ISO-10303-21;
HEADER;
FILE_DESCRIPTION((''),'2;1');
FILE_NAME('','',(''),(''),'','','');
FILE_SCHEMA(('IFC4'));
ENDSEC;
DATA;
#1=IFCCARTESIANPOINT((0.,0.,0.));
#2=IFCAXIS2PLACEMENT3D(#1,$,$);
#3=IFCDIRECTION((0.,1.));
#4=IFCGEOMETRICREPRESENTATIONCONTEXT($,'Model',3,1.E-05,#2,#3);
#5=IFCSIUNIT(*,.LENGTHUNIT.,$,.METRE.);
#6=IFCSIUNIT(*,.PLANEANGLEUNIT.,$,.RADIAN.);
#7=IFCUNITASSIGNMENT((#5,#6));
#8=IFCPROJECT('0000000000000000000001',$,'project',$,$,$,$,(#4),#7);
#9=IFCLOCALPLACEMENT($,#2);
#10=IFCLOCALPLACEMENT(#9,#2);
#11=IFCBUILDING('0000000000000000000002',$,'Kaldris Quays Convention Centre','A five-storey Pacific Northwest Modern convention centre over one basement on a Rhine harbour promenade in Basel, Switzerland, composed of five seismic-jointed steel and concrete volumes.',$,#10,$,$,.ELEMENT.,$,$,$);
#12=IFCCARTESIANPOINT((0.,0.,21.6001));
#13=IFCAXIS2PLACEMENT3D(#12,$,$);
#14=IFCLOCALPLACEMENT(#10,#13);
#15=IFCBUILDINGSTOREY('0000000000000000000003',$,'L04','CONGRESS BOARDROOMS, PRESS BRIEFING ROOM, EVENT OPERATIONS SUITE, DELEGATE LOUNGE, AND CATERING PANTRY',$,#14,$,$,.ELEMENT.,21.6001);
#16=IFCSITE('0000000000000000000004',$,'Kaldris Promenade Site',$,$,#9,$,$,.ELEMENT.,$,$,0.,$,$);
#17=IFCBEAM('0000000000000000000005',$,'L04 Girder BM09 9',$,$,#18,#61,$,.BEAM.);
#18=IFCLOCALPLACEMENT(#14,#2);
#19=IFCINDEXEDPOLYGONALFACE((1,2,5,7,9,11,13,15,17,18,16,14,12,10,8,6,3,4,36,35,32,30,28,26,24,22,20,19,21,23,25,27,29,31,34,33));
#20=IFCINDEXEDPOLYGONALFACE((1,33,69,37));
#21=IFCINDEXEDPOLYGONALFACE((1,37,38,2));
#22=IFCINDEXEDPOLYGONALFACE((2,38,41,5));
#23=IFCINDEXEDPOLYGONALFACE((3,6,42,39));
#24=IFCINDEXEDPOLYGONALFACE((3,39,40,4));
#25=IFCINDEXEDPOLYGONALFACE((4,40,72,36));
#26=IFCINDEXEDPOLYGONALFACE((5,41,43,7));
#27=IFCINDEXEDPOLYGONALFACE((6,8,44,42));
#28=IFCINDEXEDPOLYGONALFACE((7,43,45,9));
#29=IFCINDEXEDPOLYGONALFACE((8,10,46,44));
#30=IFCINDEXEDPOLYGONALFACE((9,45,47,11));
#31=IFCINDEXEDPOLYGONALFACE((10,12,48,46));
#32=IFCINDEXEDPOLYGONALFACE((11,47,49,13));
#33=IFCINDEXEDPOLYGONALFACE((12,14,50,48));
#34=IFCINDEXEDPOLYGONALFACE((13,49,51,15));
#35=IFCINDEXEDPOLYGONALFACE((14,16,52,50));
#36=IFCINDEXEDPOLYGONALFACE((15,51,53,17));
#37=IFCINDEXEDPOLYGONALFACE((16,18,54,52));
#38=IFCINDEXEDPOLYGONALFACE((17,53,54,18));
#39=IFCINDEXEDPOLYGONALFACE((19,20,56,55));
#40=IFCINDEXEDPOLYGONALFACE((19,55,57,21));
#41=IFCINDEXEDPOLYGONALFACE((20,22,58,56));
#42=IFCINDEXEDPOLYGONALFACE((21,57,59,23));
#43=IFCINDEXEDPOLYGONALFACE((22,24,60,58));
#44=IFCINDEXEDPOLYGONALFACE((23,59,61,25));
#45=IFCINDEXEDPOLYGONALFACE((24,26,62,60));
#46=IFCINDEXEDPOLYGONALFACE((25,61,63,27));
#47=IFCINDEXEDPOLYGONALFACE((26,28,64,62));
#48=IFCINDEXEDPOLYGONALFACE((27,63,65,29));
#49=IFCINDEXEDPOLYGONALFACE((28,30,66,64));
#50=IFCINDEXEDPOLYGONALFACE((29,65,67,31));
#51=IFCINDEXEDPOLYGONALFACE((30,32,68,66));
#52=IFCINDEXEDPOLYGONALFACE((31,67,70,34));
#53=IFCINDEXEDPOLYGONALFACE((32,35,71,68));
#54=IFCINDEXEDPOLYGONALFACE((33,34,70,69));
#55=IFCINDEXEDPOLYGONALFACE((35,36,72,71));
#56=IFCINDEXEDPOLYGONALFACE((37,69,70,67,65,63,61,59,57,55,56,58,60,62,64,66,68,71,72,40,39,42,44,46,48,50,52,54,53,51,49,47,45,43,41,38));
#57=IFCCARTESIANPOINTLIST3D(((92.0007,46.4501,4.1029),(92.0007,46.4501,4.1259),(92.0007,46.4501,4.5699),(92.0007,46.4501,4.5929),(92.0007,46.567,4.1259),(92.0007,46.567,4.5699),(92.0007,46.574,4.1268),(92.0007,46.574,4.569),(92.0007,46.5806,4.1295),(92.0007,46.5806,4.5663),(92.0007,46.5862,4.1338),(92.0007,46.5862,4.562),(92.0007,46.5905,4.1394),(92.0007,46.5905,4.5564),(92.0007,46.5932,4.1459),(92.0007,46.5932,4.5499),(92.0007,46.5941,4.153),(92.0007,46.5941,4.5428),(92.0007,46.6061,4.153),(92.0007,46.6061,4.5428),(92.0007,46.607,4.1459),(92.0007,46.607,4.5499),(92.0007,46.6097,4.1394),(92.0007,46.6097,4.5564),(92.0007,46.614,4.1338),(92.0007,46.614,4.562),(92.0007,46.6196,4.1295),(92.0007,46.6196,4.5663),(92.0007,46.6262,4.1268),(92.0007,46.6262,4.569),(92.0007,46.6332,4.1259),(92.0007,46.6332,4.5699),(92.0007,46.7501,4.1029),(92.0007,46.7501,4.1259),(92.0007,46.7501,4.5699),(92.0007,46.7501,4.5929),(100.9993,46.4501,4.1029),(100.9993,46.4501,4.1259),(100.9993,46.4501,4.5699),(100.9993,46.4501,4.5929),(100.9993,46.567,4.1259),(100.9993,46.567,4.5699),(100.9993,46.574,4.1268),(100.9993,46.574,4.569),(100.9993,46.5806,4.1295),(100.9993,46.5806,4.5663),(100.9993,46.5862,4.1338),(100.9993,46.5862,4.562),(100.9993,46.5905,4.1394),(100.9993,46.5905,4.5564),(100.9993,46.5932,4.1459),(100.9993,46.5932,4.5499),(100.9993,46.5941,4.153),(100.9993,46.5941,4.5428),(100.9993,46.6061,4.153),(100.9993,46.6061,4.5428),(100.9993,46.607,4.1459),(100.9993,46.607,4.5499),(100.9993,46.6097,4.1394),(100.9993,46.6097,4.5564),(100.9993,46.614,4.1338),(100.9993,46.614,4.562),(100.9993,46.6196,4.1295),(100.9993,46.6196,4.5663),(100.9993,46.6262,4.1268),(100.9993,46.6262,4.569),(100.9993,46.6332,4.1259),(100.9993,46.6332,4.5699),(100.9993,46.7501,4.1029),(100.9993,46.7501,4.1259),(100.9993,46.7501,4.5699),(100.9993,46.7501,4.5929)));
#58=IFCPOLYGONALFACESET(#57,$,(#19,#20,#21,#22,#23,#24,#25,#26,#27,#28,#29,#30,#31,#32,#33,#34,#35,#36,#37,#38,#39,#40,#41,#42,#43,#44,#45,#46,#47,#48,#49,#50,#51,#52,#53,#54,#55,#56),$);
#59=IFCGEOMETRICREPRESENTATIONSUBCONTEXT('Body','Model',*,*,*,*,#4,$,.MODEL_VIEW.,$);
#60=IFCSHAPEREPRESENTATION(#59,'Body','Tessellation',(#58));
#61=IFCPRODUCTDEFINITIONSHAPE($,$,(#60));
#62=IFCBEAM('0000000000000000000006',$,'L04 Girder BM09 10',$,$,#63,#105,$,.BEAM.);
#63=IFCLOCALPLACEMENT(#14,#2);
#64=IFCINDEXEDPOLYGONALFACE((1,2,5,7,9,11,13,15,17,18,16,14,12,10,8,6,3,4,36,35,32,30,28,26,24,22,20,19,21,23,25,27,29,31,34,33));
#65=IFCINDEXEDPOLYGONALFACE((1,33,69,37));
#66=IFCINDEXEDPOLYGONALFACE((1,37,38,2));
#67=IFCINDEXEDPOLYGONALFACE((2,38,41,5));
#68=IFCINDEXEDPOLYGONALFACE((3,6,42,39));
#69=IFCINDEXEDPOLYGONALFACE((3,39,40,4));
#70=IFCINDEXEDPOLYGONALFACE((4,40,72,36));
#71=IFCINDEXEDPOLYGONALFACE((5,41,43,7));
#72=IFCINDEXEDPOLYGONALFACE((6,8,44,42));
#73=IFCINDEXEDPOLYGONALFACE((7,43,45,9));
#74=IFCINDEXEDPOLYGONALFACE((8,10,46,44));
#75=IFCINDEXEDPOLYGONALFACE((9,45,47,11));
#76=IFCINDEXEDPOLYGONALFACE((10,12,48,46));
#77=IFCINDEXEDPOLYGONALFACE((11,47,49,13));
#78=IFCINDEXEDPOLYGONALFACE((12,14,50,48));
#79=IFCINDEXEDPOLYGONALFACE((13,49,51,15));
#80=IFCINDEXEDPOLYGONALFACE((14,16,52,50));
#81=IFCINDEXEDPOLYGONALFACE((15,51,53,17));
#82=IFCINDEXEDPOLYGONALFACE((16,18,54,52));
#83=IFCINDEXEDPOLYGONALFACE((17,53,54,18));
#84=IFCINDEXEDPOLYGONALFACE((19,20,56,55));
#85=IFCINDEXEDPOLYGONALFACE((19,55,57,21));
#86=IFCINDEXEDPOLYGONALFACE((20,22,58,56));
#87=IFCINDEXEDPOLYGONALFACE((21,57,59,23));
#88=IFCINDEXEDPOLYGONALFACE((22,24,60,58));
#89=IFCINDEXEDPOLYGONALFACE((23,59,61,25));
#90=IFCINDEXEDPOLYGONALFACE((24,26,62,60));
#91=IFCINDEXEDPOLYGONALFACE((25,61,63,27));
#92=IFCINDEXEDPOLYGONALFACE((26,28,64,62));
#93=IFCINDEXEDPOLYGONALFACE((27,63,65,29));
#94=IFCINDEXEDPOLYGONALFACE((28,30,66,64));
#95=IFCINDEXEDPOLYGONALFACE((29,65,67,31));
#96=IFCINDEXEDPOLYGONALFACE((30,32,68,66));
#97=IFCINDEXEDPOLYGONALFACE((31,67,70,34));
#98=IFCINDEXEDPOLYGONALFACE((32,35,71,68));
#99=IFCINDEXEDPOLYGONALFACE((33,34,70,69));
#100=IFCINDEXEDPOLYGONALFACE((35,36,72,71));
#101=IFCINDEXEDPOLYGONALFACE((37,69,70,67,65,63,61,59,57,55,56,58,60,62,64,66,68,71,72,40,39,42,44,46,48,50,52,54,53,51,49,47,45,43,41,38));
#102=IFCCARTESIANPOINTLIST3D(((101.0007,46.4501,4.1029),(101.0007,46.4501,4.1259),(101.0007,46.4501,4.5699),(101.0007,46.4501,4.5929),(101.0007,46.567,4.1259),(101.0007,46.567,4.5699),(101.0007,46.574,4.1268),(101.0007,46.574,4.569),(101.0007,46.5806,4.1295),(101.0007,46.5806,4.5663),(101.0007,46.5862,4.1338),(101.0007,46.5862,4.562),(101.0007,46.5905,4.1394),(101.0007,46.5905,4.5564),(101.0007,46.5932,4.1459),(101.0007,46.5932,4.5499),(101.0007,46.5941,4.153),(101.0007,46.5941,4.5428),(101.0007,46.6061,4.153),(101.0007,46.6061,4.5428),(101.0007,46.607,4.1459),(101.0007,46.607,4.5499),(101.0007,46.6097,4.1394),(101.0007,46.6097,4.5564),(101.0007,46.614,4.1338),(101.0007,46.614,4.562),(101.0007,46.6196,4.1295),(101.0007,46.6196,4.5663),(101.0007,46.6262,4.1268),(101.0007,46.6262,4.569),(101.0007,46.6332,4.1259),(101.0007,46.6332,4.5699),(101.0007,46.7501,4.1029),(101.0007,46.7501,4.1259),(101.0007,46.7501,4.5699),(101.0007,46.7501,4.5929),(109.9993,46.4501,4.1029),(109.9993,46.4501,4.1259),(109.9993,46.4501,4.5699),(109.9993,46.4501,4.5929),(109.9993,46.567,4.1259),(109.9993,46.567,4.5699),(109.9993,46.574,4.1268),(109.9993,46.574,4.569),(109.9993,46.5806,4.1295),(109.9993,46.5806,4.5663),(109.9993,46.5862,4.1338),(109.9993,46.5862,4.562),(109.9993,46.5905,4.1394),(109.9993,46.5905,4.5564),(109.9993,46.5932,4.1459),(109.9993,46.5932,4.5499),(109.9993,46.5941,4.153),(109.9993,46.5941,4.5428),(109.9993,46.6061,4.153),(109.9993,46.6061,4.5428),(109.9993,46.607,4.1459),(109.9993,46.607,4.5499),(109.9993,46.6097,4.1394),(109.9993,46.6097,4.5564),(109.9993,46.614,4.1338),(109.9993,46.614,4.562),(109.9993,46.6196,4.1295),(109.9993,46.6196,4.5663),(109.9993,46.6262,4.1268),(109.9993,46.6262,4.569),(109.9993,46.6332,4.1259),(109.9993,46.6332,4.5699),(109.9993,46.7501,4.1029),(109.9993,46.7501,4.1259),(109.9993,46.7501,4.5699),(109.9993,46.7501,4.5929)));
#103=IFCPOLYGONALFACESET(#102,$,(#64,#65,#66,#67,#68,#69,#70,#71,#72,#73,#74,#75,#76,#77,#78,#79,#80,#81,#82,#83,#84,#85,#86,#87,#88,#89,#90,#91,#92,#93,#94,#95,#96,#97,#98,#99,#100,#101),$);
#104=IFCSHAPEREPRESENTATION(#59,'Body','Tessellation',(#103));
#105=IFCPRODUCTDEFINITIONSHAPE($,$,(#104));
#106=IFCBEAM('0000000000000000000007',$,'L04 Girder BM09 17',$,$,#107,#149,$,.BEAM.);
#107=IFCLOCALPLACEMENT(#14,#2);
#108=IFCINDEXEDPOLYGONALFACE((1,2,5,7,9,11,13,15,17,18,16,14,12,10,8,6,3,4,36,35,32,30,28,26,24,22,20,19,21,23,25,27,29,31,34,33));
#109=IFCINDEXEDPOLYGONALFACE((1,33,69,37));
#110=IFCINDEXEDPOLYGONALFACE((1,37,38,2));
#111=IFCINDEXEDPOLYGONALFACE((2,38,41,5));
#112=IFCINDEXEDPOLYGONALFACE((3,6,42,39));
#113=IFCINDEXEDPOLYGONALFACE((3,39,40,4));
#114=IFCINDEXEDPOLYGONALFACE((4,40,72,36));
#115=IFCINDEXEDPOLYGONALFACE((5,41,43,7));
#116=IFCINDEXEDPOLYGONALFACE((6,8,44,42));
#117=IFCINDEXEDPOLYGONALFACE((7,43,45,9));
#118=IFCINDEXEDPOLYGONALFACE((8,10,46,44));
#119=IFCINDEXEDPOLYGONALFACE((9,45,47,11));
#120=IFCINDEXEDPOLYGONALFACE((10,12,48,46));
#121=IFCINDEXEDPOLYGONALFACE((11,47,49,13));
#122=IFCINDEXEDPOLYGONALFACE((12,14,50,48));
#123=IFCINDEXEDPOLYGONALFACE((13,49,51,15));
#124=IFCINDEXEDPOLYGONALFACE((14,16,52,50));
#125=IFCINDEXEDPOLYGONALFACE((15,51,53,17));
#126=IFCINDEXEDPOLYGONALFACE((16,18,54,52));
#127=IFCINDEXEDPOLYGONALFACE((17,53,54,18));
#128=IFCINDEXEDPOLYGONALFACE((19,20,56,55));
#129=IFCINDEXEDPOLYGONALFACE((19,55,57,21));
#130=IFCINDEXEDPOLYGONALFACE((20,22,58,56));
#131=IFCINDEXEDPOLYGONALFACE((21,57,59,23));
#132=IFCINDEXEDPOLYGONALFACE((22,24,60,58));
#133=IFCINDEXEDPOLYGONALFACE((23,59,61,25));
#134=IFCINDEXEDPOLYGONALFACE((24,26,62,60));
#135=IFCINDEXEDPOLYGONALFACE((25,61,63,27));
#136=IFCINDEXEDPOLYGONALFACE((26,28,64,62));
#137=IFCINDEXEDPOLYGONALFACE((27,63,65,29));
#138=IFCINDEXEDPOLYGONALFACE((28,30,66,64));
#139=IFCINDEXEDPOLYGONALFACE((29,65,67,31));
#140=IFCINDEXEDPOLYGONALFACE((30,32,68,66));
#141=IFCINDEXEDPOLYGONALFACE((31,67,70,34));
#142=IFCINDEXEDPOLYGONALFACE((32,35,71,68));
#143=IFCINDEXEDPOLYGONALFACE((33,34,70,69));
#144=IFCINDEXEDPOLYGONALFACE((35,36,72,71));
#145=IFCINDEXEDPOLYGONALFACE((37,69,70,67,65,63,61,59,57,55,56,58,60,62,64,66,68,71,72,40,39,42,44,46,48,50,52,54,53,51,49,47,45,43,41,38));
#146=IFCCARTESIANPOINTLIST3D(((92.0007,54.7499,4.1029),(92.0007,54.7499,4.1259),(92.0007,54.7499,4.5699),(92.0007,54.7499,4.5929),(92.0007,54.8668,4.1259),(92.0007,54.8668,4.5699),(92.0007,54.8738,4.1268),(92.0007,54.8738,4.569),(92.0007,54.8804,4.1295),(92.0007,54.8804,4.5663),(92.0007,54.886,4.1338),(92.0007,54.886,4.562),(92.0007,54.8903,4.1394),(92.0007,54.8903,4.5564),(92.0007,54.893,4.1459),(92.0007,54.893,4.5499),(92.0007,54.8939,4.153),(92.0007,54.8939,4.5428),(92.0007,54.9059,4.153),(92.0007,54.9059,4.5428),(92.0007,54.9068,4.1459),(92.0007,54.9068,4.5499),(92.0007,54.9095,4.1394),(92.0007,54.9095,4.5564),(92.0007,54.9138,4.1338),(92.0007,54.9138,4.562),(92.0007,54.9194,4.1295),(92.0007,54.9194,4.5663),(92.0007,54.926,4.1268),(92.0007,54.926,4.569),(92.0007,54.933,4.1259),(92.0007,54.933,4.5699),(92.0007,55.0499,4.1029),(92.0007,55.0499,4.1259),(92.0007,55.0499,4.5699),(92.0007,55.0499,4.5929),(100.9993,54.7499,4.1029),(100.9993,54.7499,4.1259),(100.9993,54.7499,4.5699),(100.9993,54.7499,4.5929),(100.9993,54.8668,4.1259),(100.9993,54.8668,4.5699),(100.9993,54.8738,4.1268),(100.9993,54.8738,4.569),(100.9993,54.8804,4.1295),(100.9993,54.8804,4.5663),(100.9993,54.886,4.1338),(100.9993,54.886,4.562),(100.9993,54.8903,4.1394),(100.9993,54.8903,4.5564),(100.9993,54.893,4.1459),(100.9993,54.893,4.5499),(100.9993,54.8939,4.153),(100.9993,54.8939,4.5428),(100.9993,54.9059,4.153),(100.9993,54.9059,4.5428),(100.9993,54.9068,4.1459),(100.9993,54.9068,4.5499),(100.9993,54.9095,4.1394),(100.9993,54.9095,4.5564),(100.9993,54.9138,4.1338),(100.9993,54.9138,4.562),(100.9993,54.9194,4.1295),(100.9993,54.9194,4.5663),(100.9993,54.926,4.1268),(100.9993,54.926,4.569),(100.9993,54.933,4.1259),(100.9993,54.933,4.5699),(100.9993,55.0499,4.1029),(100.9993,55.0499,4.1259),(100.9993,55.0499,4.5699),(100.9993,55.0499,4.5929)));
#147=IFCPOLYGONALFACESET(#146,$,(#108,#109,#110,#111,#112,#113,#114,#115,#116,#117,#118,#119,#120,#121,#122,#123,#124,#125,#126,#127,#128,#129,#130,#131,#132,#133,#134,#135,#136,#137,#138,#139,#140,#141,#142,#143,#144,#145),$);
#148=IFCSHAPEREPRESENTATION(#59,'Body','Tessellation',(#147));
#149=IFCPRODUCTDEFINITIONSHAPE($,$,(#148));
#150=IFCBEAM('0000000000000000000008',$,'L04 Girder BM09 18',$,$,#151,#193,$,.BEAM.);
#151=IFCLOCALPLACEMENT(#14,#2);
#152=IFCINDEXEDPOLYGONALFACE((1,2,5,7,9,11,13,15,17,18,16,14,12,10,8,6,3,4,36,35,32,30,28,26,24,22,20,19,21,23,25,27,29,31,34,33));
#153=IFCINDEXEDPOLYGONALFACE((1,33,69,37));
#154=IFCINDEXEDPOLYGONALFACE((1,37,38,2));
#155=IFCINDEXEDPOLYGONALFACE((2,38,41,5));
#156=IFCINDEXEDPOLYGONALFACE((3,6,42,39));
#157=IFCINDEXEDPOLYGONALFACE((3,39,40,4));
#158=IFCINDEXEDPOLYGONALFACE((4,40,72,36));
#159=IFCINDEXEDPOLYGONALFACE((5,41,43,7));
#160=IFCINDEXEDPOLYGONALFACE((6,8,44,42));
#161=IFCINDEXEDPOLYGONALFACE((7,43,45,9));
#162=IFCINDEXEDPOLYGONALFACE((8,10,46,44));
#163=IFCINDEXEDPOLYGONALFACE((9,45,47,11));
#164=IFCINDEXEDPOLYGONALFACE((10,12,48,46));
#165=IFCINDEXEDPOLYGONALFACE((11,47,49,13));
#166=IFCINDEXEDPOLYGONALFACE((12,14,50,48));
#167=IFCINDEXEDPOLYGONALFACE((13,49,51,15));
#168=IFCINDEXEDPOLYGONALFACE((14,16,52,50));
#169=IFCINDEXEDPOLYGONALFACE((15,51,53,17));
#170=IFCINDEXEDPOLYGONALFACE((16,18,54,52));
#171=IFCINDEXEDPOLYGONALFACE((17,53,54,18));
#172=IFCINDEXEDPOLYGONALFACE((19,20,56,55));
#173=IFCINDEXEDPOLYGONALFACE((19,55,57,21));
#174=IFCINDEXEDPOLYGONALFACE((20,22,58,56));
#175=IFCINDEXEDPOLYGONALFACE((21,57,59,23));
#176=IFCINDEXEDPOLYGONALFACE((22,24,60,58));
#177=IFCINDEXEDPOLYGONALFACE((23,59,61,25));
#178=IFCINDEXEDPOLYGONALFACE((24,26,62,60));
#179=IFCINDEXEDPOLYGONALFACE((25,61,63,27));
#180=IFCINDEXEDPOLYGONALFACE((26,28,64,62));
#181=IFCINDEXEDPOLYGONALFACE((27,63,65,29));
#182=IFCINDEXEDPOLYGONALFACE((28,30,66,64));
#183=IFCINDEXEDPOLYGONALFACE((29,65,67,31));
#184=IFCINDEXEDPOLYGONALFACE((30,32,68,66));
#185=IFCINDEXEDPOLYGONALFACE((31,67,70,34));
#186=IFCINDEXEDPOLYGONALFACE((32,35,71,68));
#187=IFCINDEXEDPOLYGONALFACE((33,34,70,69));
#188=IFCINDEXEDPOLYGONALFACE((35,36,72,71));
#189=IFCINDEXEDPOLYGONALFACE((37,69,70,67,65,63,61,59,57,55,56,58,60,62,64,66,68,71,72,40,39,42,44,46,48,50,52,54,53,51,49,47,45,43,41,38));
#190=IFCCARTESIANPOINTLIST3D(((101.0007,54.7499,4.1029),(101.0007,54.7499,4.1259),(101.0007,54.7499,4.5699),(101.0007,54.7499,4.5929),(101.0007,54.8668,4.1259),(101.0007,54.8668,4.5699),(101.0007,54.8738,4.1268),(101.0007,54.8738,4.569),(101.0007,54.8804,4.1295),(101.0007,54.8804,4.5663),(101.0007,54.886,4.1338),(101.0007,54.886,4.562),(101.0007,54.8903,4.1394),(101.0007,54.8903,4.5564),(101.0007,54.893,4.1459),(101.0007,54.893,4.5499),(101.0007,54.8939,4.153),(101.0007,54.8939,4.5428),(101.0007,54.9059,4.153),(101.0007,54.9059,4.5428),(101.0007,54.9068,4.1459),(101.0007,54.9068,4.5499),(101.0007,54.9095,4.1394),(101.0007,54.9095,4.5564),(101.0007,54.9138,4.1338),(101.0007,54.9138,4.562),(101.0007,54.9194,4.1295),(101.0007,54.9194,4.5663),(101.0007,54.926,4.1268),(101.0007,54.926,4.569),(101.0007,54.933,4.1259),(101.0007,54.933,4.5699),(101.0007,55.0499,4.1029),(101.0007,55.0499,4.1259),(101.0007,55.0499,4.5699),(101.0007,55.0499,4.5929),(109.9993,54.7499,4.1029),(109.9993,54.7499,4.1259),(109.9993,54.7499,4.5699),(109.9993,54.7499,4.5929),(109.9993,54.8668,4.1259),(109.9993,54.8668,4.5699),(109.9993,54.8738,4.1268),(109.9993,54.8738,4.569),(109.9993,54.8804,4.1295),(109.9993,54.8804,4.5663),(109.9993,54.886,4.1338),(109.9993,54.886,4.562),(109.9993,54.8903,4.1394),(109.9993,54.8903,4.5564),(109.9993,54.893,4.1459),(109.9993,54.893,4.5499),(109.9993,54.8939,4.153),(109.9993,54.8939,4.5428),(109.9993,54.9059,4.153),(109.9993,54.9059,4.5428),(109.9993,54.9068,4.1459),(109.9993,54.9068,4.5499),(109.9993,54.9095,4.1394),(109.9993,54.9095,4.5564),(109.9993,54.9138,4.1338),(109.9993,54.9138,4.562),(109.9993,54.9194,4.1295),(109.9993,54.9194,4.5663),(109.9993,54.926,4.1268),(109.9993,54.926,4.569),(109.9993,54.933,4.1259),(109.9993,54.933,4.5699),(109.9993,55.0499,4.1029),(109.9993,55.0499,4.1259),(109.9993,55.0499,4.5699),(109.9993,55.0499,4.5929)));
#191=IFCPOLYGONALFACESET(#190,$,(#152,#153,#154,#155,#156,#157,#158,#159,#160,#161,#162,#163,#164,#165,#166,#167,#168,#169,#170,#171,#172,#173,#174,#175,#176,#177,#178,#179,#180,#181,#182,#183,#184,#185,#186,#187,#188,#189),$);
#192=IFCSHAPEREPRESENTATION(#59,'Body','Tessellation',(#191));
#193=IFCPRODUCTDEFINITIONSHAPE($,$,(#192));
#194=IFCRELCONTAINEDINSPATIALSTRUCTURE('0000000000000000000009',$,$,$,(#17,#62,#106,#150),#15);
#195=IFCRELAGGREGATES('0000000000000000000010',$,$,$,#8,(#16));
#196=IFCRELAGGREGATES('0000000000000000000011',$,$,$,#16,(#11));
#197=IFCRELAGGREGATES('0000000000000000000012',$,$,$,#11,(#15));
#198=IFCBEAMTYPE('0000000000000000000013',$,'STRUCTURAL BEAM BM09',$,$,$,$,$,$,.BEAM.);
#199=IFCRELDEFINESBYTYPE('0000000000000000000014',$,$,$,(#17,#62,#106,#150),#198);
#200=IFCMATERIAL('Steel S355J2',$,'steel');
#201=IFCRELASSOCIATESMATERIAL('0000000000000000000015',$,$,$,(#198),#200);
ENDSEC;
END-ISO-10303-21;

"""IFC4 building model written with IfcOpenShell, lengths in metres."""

from ifc_helpers import new_model, si_unit, direction, frame, origin, origin_2d, place, context, subcontext, project, spatial, i_section, extrude, material, material_profile, profile_set, type_object, element, save


model = new_model("IFC4")

# Units and contexts
model_context = context("Model", 3, precision=1e-05, world=origin(), true_north=direction((0.0, 1.0)))
body_context = subcontext(model_context, "Body", "Model", "MODEL_VIEW")
ifc_project = project(units=[si_unit("LENGTHUNIT", "METRE"), si_unit("PLANEANGLEUNIT", "RADIAN")], contexts=[model_context])

# Site, building, storey
site_placement = place(None, origin())
site = spatial("IfcSite", under=ifc_project, at=site_placement, Name="Kaldris Promenade Site", CompositionType="ELEMENT", RefElevation=0.0)
building_placement = place(site_placement, origin())
building = spatial("IfcBuilding", under=site, at=building_placement, Name="Kaldris Quays Convention Centre", Description="A five-storey Pacific Northwest Modern convention centre over one basement on a Rhine harbour promenade in Basel, Switzerland, composed of five seismic-jointed steel and concrete volumes.", CompositionType="ELEMENT")
storey_placement = place(building_placement, frame((0.0, 0.0, 21.6001)))
storey = spatial("IfcBuildingStorey", under=building, at=storey_placement, Name="L04", Description="CONGRESS BOARDROOMS, PRESS BRIEFING ROOM, EVENT OPERATIONS SUITE, DELEGATE LOUNGE, AND CATERING PANTRY", CompositionType="ELEMENT", Elevation=21.6001)

# Shared definitions
ifc_material_1 = material(Name="Steel S355J2", Category="steel")

# Beams
ifc_material_profile_1 = material_profile(ifc_material_1, i_section(OverallWidth=0.3, OverallDepth=0.49, WebThickness=0.012, FlangeThickness=0.0229, FilletRadius=0.0271, at=origin_2d()), Name="HEA 500")
ifc_profile_set_1 = profile_set([ifc_material_profile_1], Name="Steel S355J2")
beam_type_1 = type_object("IfcBeamType", Name="STRUCTURAL BEAM BM09", PredefinedType="BEAM", material=ifc_profile_set_1)
for number, where, z_axis, x_axis, name in (
    (1, (92.0007, 46.6001, 4.3479), (1.0, 0.0, 0.0), (0.0, 1.0, 0.0), "L04 Girder BM09 9"),
    (2, (101.0007, 46.6001, 4.3479), (1.0, 0.0, 0.0), (0.0, 1.0, 0.0), "L04 Girder BM09 10"),
    (3, (92.0007, 54.8999, 4.3479), (1.0, 0.0, 0.0), (0.0, 1.0, 0.0), "L04 Girder BM09 17"),
    (4, (101.0007, 54.8999, 4.3479), (1.0, 0.0, 0.0), (0.0, 1.0, 0.0), "L04 Girder BM09 18"),
):
    element("IfcBeam", number, at=place(storey_placement, frame(where, z_axis=z_axis, x_axis=x_axis)), inside=storey, type_object=beam_type_1, Name=name, PredefinedType="BEAM", context=body_context, shape_type="SweptSolid", body=[
        extrude(i_section(OverallWidth=0.3, OverallDepth=0.49, WebThickness=0.012, FlangeThickness=0.0229, FilletRadius=0.0271, at=origin_2d()), origin(), (0.0, 0.0, 1.0), 8.9985),
    ])

save(model, "model.ifc")
